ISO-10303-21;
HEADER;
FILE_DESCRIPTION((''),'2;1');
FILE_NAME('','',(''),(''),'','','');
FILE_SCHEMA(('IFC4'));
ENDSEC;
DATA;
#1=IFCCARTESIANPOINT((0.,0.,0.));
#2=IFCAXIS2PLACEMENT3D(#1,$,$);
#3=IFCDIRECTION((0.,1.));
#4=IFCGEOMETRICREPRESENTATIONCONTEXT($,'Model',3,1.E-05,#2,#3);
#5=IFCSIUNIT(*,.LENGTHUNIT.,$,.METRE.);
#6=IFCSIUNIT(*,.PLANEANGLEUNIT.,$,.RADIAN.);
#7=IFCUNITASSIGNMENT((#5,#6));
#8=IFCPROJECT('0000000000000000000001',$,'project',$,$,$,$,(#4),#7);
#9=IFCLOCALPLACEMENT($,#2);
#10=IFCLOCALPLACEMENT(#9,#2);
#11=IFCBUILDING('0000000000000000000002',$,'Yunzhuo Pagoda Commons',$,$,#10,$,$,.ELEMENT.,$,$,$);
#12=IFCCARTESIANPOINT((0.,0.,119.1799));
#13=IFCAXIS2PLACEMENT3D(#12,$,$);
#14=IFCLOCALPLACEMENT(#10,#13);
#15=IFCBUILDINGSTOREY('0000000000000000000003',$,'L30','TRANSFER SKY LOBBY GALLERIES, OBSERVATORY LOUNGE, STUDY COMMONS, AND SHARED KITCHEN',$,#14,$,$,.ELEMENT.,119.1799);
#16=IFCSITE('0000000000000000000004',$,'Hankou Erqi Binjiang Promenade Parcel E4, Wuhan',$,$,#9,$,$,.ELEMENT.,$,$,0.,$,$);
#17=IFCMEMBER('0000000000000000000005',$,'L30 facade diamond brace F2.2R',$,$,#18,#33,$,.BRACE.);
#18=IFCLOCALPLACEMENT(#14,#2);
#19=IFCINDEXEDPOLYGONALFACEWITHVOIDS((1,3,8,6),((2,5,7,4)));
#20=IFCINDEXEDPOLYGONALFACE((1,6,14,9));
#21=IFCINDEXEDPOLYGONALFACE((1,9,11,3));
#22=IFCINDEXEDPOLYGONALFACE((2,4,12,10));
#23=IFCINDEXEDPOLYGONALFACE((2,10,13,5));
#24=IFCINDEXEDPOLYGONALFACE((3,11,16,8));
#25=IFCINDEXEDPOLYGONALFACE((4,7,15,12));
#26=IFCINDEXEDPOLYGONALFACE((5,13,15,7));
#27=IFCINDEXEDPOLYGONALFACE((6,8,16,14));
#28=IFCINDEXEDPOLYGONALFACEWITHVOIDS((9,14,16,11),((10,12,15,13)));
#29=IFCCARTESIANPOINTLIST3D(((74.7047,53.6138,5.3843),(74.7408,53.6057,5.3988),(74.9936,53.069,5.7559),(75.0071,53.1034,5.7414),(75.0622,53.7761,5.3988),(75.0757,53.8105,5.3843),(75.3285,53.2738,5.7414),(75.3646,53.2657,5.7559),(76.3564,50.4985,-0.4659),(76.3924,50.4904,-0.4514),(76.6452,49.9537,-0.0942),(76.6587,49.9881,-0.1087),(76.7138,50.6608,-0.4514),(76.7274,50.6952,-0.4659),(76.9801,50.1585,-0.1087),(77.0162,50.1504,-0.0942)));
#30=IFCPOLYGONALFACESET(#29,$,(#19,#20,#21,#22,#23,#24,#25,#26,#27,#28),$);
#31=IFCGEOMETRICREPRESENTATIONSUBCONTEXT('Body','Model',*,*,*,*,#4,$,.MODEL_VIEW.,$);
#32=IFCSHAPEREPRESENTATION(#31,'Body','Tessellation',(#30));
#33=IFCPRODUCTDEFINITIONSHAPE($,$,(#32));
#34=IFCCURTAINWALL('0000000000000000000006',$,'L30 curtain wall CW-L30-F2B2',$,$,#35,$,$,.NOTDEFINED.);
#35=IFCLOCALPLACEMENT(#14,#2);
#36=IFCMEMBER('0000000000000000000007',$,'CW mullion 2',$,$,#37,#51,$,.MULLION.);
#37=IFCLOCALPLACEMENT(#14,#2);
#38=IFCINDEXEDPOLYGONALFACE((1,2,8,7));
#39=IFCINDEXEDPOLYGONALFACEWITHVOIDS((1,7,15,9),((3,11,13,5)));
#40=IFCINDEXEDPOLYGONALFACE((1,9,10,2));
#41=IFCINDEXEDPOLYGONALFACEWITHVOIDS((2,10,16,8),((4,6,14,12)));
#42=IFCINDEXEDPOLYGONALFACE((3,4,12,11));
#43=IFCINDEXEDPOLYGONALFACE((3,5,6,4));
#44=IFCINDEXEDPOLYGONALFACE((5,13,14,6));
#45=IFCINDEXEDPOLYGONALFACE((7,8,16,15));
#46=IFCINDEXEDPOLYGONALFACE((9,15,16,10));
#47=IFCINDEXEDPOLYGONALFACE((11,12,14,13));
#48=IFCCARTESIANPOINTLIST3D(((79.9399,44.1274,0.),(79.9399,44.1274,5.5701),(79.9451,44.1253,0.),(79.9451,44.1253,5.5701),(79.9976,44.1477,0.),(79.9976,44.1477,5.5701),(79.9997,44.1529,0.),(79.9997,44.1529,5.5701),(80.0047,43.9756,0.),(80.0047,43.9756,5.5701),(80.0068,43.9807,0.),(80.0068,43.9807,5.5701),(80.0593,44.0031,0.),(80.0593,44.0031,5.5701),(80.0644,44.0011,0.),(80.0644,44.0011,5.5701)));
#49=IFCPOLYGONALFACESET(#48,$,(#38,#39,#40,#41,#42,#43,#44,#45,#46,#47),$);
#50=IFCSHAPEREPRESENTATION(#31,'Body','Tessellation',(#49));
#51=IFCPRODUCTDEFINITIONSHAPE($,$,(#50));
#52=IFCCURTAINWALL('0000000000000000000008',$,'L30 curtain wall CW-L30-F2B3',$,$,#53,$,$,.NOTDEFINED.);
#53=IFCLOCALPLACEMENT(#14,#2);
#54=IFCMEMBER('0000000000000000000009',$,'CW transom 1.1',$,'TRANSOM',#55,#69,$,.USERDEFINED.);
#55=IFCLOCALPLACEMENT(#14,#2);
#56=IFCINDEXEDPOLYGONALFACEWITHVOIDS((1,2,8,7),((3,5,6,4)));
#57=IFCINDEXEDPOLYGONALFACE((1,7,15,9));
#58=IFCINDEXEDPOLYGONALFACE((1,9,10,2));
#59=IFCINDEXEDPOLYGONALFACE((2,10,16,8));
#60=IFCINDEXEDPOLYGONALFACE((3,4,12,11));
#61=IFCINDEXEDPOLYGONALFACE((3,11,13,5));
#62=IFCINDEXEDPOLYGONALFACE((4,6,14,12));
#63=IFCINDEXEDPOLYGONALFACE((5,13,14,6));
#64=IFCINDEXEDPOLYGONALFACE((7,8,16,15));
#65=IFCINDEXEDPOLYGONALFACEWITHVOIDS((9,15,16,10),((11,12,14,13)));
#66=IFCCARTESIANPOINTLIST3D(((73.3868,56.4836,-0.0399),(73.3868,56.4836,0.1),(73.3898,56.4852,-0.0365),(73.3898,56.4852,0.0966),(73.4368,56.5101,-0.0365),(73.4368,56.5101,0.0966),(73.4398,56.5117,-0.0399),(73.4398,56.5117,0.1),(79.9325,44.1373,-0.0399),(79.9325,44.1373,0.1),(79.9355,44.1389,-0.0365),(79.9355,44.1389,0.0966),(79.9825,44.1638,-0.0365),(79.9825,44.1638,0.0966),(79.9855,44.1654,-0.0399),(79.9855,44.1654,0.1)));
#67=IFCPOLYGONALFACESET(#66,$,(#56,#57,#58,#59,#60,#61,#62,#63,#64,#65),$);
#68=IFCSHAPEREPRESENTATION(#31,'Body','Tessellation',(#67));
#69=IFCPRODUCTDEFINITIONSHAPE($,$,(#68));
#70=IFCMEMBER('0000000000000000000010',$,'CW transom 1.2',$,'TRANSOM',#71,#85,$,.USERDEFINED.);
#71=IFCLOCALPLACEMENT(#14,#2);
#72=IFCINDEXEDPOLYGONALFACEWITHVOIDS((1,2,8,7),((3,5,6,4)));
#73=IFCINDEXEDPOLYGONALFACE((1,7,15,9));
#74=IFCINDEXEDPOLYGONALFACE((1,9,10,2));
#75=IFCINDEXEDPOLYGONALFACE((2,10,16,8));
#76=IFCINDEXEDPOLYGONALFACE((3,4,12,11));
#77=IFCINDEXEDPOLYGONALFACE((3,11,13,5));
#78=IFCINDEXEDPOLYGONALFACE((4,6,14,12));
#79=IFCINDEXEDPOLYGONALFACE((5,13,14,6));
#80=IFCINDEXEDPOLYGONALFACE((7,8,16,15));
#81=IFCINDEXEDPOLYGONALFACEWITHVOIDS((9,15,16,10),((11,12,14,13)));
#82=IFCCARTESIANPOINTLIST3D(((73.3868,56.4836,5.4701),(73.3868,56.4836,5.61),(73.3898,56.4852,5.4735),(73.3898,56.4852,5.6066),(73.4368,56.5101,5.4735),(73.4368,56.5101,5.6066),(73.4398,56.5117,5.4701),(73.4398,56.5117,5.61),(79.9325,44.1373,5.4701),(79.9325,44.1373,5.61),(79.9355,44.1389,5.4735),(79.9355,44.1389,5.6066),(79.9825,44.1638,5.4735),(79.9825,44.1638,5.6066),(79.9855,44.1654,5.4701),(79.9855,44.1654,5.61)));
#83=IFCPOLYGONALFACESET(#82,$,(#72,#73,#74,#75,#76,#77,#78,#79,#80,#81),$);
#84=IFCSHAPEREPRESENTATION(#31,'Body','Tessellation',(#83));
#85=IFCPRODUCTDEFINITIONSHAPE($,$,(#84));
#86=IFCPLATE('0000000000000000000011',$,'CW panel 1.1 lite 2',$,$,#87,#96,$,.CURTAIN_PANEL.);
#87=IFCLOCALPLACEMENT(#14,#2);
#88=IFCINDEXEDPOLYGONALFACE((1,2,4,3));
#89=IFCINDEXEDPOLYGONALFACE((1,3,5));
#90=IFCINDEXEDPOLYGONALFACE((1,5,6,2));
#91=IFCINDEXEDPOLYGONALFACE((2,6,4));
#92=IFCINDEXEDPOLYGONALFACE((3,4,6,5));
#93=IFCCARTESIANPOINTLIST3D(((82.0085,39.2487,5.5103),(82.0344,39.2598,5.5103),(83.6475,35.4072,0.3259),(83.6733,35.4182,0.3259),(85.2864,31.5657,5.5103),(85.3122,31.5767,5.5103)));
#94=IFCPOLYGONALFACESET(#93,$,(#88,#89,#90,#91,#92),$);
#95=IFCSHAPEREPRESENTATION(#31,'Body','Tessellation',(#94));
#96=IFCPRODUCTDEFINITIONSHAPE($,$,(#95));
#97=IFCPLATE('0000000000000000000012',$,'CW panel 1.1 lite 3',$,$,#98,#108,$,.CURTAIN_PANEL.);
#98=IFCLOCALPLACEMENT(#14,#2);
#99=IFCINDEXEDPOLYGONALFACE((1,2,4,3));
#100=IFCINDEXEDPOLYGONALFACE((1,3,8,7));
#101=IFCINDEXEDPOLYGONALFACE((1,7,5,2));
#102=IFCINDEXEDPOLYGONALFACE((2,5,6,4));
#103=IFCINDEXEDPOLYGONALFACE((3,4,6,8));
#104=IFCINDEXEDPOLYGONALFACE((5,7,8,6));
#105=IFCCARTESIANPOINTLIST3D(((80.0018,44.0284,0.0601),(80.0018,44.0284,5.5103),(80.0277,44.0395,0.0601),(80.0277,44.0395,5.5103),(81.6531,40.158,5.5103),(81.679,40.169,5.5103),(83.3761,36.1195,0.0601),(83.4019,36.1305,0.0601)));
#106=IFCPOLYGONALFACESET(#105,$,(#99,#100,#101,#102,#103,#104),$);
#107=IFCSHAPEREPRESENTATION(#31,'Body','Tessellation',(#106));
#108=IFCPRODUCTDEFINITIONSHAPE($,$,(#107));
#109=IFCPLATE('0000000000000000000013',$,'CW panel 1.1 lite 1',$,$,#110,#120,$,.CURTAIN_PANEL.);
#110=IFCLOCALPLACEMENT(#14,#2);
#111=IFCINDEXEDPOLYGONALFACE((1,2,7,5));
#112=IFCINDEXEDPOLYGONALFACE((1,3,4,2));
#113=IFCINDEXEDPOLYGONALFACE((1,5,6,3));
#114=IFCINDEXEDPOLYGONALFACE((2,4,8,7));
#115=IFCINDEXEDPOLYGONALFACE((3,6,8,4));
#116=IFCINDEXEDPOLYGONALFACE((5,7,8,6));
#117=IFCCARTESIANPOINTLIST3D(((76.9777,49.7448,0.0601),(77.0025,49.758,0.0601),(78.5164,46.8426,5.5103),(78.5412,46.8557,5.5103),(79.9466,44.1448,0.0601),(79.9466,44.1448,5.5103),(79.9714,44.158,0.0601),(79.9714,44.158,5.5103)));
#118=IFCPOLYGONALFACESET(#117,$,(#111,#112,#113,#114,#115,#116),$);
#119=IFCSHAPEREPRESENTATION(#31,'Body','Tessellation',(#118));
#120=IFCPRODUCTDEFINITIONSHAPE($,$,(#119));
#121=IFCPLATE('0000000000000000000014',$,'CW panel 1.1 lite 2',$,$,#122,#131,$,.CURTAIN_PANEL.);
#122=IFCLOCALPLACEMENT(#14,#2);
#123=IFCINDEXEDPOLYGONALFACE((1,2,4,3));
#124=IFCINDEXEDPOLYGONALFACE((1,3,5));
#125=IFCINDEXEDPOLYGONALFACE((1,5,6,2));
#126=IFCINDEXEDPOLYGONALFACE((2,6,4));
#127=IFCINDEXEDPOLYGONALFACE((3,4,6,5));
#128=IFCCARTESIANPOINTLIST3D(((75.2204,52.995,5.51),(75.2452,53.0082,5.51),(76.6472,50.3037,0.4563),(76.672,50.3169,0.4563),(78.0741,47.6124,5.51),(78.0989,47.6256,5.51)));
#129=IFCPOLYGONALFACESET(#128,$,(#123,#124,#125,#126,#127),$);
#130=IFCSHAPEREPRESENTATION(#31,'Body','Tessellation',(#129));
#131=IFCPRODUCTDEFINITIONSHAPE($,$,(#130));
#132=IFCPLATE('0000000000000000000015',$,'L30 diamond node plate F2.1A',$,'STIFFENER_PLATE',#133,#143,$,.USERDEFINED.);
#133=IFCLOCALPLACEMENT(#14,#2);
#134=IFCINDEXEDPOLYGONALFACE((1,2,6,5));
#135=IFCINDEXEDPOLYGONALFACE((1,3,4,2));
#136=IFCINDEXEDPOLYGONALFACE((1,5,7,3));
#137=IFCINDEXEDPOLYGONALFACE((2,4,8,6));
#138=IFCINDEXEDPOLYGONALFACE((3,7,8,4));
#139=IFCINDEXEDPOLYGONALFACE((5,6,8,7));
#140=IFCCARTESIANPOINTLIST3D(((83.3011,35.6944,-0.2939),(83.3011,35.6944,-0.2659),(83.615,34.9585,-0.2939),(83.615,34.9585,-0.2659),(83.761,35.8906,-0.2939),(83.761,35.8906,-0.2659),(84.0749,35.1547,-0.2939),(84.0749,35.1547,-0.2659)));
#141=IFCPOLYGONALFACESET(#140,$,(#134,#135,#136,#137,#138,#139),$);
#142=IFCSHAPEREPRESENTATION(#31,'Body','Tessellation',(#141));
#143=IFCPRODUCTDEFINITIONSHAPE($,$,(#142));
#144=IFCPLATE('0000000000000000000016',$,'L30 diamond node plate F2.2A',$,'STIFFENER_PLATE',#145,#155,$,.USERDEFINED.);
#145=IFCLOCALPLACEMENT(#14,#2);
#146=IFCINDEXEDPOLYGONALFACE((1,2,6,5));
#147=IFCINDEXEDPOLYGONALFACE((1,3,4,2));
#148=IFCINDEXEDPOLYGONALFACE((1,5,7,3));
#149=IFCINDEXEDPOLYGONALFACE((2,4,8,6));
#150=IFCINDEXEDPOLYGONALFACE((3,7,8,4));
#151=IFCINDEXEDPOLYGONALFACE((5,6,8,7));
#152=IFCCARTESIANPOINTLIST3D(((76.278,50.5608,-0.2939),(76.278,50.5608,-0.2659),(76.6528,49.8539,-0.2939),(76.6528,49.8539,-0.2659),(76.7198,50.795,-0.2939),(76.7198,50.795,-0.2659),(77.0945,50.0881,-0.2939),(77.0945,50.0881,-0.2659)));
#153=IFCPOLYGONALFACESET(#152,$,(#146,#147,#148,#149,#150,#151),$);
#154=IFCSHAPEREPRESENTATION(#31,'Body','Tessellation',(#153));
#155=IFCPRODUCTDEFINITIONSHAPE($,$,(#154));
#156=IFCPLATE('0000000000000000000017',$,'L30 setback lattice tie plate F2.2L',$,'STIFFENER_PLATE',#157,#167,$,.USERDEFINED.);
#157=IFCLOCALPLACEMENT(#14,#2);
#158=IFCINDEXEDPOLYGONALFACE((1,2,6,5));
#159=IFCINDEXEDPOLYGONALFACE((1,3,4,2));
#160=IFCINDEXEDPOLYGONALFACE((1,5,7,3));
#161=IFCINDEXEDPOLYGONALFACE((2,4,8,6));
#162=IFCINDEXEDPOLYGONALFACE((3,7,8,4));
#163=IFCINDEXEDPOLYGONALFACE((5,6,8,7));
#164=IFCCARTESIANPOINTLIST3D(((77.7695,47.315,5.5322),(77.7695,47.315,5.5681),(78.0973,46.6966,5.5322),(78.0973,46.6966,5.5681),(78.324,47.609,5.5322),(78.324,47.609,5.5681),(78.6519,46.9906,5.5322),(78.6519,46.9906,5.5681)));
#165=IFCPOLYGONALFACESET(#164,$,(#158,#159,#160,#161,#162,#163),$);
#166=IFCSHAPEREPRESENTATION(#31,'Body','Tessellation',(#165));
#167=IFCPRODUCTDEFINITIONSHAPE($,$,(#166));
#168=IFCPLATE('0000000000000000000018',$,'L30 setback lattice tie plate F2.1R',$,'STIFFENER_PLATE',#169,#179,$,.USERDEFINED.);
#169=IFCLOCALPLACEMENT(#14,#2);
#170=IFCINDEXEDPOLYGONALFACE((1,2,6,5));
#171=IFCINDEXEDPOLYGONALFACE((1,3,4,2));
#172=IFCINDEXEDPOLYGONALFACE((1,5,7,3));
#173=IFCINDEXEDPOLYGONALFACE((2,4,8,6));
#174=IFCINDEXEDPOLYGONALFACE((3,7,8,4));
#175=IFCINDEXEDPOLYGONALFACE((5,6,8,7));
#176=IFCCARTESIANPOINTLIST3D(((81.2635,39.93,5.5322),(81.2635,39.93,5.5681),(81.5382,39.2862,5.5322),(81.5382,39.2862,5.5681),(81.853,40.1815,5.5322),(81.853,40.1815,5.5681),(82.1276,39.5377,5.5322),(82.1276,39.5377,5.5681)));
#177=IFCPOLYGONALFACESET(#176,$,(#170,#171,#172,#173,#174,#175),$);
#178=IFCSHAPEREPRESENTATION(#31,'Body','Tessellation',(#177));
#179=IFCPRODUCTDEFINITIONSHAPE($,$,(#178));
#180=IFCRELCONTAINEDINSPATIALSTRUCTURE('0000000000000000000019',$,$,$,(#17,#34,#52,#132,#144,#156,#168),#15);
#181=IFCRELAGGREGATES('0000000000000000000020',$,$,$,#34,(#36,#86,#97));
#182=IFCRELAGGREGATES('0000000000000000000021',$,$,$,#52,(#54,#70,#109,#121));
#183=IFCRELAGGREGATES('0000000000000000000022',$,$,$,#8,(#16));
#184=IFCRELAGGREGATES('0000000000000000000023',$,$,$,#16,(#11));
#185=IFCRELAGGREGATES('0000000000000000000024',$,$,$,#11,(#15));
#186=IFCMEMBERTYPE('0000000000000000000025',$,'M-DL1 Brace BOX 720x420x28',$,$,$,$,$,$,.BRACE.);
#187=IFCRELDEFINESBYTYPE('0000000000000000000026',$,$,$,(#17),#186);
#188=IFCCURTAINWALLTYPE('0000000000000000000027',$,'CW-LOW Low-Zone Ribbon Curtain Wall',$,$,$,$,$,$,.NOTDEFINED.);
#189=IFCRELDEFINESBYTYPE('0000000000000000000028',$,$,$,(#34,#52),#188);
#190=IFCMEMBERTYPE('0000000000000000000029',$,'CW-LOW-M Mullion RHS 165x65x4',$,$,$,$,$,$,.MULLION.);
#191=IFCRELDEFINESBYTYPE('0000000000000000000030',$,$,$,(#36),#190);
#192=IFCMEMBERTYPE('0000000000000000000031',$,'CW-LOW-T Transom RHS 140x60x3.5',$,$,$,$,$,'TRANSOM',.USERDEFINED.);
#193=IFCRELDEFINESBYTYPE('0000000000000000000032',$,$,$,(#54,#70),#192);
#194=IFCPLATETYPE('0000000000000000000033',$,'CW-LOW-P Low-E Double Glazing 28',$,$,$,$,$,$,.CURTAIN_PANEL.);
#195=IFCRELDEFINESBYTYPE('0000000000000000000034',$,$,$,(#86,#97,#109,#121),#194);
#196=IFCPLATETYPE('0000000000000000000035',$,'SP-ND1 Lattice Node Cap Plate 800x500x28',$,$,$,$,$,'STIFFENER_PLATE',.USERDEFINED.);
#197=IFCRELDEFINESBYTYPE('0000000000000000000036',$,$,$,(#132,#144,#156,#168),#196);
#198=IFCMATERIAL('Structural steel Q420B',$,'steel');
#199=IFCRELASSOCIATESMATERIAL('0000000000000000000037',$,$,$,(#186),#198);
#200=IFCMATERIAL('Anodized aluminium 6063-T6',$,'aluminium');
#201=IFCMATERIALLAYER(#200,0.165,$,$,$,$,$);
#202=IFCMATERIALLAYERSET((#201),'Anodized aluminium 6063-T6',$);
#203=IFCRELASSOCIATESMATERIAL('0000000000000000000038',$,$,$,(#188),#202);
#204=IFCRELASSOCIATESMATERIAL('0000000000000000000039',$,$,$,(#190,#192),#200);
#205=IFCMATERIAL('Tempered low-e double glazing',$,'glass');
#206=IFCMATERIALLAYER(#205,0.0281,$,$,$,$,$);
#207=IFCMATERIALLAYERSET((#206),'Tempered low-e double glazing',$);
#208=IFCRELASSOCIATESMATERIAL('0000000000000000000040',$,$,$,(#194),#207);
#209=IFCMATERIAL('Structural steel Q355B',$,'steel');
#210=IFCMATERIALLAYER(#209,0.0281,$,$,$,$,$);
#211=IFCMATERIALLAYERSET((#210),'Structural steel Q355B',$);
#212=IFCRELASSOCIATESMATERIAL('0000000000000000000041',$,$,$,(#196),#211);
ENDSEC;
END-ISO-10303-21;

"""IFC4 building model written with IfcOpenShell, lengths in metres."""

from ifc_helpers import new_model, si_unit, direction, frame, origin, origin_2d, place, context, subcontext, project, spatial, polyline, rectangle, hollow_rectangle, outline, extrude, source, transform, mapped, material, layer, layer_set, material_profile, profile_set, type_object, element, aggregate, save


model = new_model("IFC4")

# Units and contexts
model_context = context("Model", 3, precision=1e-05, world=origin(), true_north=direction((0.0, 1.0)))
body_context = subcontext(model_context, "Body", "Model", "MODEL_VIEW")
ifc_project = project(units=[si_unit("LENGTHUNIT", "METRE"), si_unit("PLANEANGLEUNIT", "RADIAN")], contexts=[model_context])

# Site, building, storey
site_placement = place(None, origin())
site = spatial("IfcSite", under=ifc_project, at=site_placement, Name="Hankou Erqi Binjiang Promenade Parcel E4, Wuhan", CompositionType="ELEMENT", RefElevation=0.0)
building_placement = place(site_placement, origin())
building = spatial("IfcBuilding", under=site, at=building_placement, Name="Yunzhuo Pagoda Commons", CompositionType="ELEMENT")
storey_placement = place(building_placement, frame((0.0, 0.0, 119.1799)))
storey = spatial("IfcBuildingStorey", under=building, at=storey_placement, Name="L30", Description="TRANSFER SKY LOBBY GALLERIES, OBSERVATORY LOUNGE, STUDY COMMONS, AND SHARED KITCHEN", CompositionType="ELEMENT", Elevation=119.1799)

# Shared definitions
ifc_material_1 = material(Name="Structural steel Q420B", Category="steel")

# Shared definitions
ifc_material_2 = material(Name="Structural steel Q355B", Category="steel")

# Member
ifc_material_profile_1 = material_profile(ifc_material_1, hollow_rectangle(XDim=0.4199, YDim=0.72, WallThickness=0.0281, at=origin_2d()), Name="Structural steel Q420B")
ifc_profile_set_1 = profile_set([ifc_material_profile_1], Name="Structural steel Q420B")
member_type_1 = type_object("IfcMemberType", Name="M-DL1 Brace BOX 720x420x28", PredefinedType="BRACE", material=ifc_profile_set_1)
shared_shape_1 = source(origin(), body_context, "Body", "SweptSolid", [
    extrude(hollow_rectangle(XDim=0.4199, YDim=0.72, WallThickness=0.0281, at=origin_2d()), origin(), (0.0, 0.0, 1.0), 6.8306),
])
member_1_placement = place(storey_placement, frame((76.6863, 50.3245, -0.28), z_axis=(-0.241798, 0.456075, 0.856463), x_axis=(-0.88351, -0.468413, 0.0)))
element("IfcMember", 1, at=member_1_placement, inside=storey, type_object=member_type_1, Name="L30 facade diamond brace F2.2R", PredefinedType="BRACE", context=body_context, shape_type="MappedRepresentation", body=[
    mapped(shared_shape_1, transform((0.0, 0.0, 0.0), scale=1.0)),
])

# Curtain wall, member
ifc_material_3 = material(Name="Anodized aluminium 6063-T6", Category="aluminium")
ifc_layer_1 = layer(ifc_material_3, 0.165)
ifc_layer_set_1 = layer_set([ifc_layer_1], Name="Anodized aluminium 6063-T6")
curtain_wall_type = type_object("IfcCurtainWallType", Name="CW-LOW Low-Zone Ribbon Curtain Wall", PredefinedType="NOTDEFINED", material=ifc_layer_set_1)
curtain_wall_1_placement = place(storey_placement, origin())
curtain_wall_1 = element("IfcCurtainWall", 2, at=curtain_wall_1_placement, inside=storey, type_object=curtain_wall_type, Name="L30 curtain wall CW-L30-F2B2", PredefinedType="NOTDEFINED")
ifc_material_profile_2 = material_profile(ifc_material_3, hollow_rectangle(XDim=0.0649, YDim=0.165, WallThickness=0.0039, at=origin_2d()), Name="Anodized aluminium 6063-T6")
ifc_profile_set_2 = profile_set([ifc_material_profile_2], Name="Anodized aluminium 6063-T6")
member_type_2 = type_object("IfcMemberType", Name="CW-LOW-M Mullion RHS 165x65x4", PredefinedType="MULLION", material=ifc_profile_set_2)
shared_shape_2 = source(origin(), body_context, "Body", "SweptSolid", [
    extrude(hollow_rectangle(XDim=0.0649, YDim=0.165, WallThickness=0.0039, at=origin_2d()), origin(), (0.0, 0.0, 1.0), 5.5701),
])
member_2_placement = place(storey_placement, frame((80.0022, 44.0642, 0.0), z_axis=(0.0, 0.0, 1.0), x_axis=(-0.919788, -0.392415, 0.0)))
member_2 = element("IfcMember", 3, at=member_2_placement, type_object=member_type_2, Name="CW mullion 2", PredefinedType="MULLION", context=body_context, shape_type="MappedRepresentation", body=[
    mapped(shared_shape_2, transform((0.0, 0.0, 0.0), scale=1.0)),
])

# Curtain wall, members
curtain_wall_2_placement = place(storey_placement, origin())
curtain_wall_2 = element("IfcCurtainWall", 4, at=curtain_wall_2_placement, inside=storey, type_object=curtain_wall_type, Name="L30 curtain wall CW-L30-F2B3", PredefinedType="NOTDEFINED")
ifc_material_profile_3 = material_profile(ifc_material_3, hollow_rectangle(XDim=0.0601, YDim=0.1399, WallThickness=0.0034, at=origin_2d()), Name="Anodized aluminium 6063-T6")
ifc_profile_set_3 = profile_set([ifc_material_profile_3], Name="Anodized aluminium 6063-T6")
member_type_3 = type_object("IfcMemberType", Name="CW-LOW-T Transom RHS 140x60x3.5", ElementType="TRANSOM", PredefinedType="USERDEFINED", material=ifc_profile_set_3)
shared_shape_3 = source(origin(), body_context, "Body", "SweptSolid", [
    extrude(hollow_rectangle(XDim=0.0601, YDim=0.1399, WallThickness=0.0034, at=origin_2d()), origin(), (0.0, 0.0, 1.0), 13.9741),
])
member_3_placement = place(storey_placement, frame((79.959, 44.1514, 0.03), z_axis=(-0.468415, 0.883509, 0.0), x_axis=(-0.883509, -0.468415, 0.0)))
member_3 = element("IfcMember", 5, at=member_3_placement, type_object=member_type_3, Name="CW transom 1.1", ObjectType="TRANSOM", PredefinedType="USERDEFINED", context=body_context, shape_type="MappedRepresentation", body=[
    mapped(shared_shape_3, transform((0.0, 0.0, 0.0), scale=1.0)),
])
member_4_placement = place(storey_placement, frame((79.959, 44.1514, 5.54), z_axis=(-0.468415, 0.883509, 0.0), x_axis=(-0.883509, -0.468415, 0.0)))
member_4 = element("IfcMember", 6, at=member_4_placement, type_object=member_type_3, Name="CW transom 1.2", ObjectType="TRANSOM", PredefinedType="USERDEFINED", context=body_context, shape_type="MappedRepresentation", body=[
    mapped(shared_shape_3, transform((0.0, 0.0, 0.0), scale=1.0)),
])

# Plates
ifc_material_4 = material(Name="Tempered low-e double glazing", Category="glass")
ifc_layer_2 = layer(ifc_material_4, 0.0281)
ifc_layer_set_2 = layer_set([ifc_layer_2], Name="Tempered low-e double glazing")
plate_type_1 = type_object("IfcPlateType", Name="CW-LOW-P Low-E Double Glazing 28", PredefinedType="CURTAIN_PANEL", material=ifc_layer_set_2)
plate_1_placement = place(storey_placement, frame((83.6475, 35.4072, 2.918), z_axis=(0.919788, 0.392415, 0.0), x_axis=(-0.392415, 0.919788, 0.0)))
plate_1 = element("IfcPlate", 7, at=plate_1_placement, type_object=plate_type_1, Name="CW panel 1.1 lite 2", PredefinedType="CURTAIN_PANEL", context=body_context, shape_type="SweptSolid", body=[
    extrude(outline(polyline([(-4.1765, 2.5923), (0.0, -2.592), (4.1765, 2.5923), (-4.1765, 2.5923)])), origin(), (0.0, 0.0, 1.0), 0.0281),
])
plate_2_placement = place(storey_placement, frame((81.689, 40.074, 2.7852), z_axis=(0.919788, 0.392415, 0.0), x_axis=(-0.392415, 0.919788, 0.0)))
plate_2 = element("IfcPlate", 8, at=plate_2_placement, type_object=plate_type_1, Name="CW panel 1.1 lite 3", PredefinedType="CURTAIN_PANEL", context=body_context, shape_type="SweptSolid", body=[
    extrude(outline(polyline([(-4.2993, -2.7251), (4.2993, -2.7251), (4.2993, 2.7251), (0.0913, 2.7251), (-4.2993, -2.7251)])), origin(), (0.0, 0.0, 1.0), 0.0281),
])
aggregate(curtain_wall_1, [member_2, plate_1, plate_2])
plate_3_placement = place(storey_placement, frame((78.4622, 46.9448, 2.7852), z_axis=(0.883512, 0.468408, 0.0), x_axis=(-0.468408, 0.883512, 0.0)))
plate_3 = element("IfcPlate", 9, at=plate_3_placement, type_object=plate_type_1, Name="CW panel 1.1 lite 1", PredefinedType="CURTAIN_PANEL", context=body_context, shape_type="SweptSolid", body=[
    extrude(outline(polyline([(-3.1692, -2.7251), (3.1692, -2.7251), (-0.1157, 2.7251), (-3.1692, 2.7251), (-3.1692, -2.7251)])), origin(), (0.0, 0.0, 1.0), 0.0281),
])
plate_4_placement = place(storey_placement, frame((76.6472, 50.3037, 2.9832), z_axis=(0.883512, 0.468408, 0.0), x_axis=(-0.468408, 0.883512, 0.0)))
plate_4 = element("IfcPlate", 10, at=plate_4_placement, type_object=plate_type_1, Name="CW panel 1.1 lite 2", PredefinedType="CURTAIN_PANEL", context=body_context, shape_type="SweptSolid", body=[
    extrude(outline(polyline([(-3.0461, 2.5269), (0.0, -2.5269), (3.0461, 2.5269), (-3.0461, 2.5269)])), origin(), (0.0, 0.0, 1.0), 0.0281),
])
aggregate(curtain_wall_2, [member_3, member_4, plate_3, plate_4])

# Plates
ifc_layer_3 = layer(ifc_material_2, 0.0281)
ifc_layer_set_3 = layer_set([ifc_layer_3], Name="Structural steel Q355B")
plate_type_2 = type_object("IfcPlateType", Name="SP-ND1 Lattice Node Cap Plate 800x500x28", ElementType="STIFFENER_PLATE", PredefinedType="USERDEFINED", material=ifc_layer_set_3)
shared_shape_4 = source(origin(), body_context, "Body", "SweptSolid", [
    extrude(rectangle(XDim=0.8, YDim=0.5, at=origin_2d()), origin(), (0.0, 0.0, 1.0), 0.0281),
])
for number, where, z_axis, x_axis, name in (
    (11, (83.688, 35.4246, -0.2939), (0.0, 0.0, 1.0), (-0.392417, 0.919787, 0.0), "L30 diamond node plate F2.1A"),
    (12, (76.6863, 50.3245, -0.2939), (0.0, 0.0, 1.0), (-0.468408, 0.883512, 0.0), "L30 diamond node plate F2.2A"),
):
    element("IfcPlate", number, at=place(storey_placement, frame(where, z_axis=z_axis, x_axis=x_axis)), inside=storey, type_object=plate_type_2, Name=name, ObjectType="STIFFENER_PLATE", PredefinedType="USERDEFINED", context=body_context, shape_type="MappedRepresentation", body=[
        mapped(shared_shape_4, transform((0.0, 0.0, 0.0), scale=1.0)),
    ])
shared_shape_5 = source(origin(), body_context, "Body", "SweptSolid", [
    extrude(rectangle(XDim=0.7, YDim=0.6277, at=origin_2d()), origin(), (0.0, 0.0, 1.0), 0.0359),
])
plate_5_placement = place(storey_placement, frame((78.2107, 47.1528, 5.5322), z_axis=(0.0, 0.0, 1.0), x_axis=(-0.468408, 0.883512, 0.0)))
element("IfcPlate", 13, at=plate_5_placement, inside=storey, type_object=plate_type_2, Name="L30 setback lattice tie plate F2.2L", ObjectType="STIFFENER_PLATE", PredefinedType="USERDEFINED", context=body_context, shape_type="MappedRepresentation", body=[
    mapped(shared_shape_5, transform((0.0, 0.0, 0.0), scale=1.0)),
])
shared_shape_6 = source(origin(), body_context, "Body", "SweptSolid", [
    extrude(rectangle(XDim=0.7, YDim=0.6409, at=origin_2d()), origin(), (0.0, 0.0, 1.0), 0.0359),
])
plate_6_placement = place(storey_placement, frame((81.6956, 39.7339, 5.5322), z_axis=(0.0, 0.0, 1.0), x_axis=(-0.392417, 0.919787, 0.0)))
element("IfcPlate", 14, at=plate_6_placement, inside=storey, type_object=plate_type_2, Name="L30 setback lattice tie plate F2.1R", ObjectType="STIFFENER_PLATE", PredefinedType="USERDEFINED", context=body_context, shape_type="MappedRepresentation", body=[
    mapped(shared_shape_6, transform((0.0, 0.0, 0.0), scale=1.0)),
])

save(model, "model.ifc")
